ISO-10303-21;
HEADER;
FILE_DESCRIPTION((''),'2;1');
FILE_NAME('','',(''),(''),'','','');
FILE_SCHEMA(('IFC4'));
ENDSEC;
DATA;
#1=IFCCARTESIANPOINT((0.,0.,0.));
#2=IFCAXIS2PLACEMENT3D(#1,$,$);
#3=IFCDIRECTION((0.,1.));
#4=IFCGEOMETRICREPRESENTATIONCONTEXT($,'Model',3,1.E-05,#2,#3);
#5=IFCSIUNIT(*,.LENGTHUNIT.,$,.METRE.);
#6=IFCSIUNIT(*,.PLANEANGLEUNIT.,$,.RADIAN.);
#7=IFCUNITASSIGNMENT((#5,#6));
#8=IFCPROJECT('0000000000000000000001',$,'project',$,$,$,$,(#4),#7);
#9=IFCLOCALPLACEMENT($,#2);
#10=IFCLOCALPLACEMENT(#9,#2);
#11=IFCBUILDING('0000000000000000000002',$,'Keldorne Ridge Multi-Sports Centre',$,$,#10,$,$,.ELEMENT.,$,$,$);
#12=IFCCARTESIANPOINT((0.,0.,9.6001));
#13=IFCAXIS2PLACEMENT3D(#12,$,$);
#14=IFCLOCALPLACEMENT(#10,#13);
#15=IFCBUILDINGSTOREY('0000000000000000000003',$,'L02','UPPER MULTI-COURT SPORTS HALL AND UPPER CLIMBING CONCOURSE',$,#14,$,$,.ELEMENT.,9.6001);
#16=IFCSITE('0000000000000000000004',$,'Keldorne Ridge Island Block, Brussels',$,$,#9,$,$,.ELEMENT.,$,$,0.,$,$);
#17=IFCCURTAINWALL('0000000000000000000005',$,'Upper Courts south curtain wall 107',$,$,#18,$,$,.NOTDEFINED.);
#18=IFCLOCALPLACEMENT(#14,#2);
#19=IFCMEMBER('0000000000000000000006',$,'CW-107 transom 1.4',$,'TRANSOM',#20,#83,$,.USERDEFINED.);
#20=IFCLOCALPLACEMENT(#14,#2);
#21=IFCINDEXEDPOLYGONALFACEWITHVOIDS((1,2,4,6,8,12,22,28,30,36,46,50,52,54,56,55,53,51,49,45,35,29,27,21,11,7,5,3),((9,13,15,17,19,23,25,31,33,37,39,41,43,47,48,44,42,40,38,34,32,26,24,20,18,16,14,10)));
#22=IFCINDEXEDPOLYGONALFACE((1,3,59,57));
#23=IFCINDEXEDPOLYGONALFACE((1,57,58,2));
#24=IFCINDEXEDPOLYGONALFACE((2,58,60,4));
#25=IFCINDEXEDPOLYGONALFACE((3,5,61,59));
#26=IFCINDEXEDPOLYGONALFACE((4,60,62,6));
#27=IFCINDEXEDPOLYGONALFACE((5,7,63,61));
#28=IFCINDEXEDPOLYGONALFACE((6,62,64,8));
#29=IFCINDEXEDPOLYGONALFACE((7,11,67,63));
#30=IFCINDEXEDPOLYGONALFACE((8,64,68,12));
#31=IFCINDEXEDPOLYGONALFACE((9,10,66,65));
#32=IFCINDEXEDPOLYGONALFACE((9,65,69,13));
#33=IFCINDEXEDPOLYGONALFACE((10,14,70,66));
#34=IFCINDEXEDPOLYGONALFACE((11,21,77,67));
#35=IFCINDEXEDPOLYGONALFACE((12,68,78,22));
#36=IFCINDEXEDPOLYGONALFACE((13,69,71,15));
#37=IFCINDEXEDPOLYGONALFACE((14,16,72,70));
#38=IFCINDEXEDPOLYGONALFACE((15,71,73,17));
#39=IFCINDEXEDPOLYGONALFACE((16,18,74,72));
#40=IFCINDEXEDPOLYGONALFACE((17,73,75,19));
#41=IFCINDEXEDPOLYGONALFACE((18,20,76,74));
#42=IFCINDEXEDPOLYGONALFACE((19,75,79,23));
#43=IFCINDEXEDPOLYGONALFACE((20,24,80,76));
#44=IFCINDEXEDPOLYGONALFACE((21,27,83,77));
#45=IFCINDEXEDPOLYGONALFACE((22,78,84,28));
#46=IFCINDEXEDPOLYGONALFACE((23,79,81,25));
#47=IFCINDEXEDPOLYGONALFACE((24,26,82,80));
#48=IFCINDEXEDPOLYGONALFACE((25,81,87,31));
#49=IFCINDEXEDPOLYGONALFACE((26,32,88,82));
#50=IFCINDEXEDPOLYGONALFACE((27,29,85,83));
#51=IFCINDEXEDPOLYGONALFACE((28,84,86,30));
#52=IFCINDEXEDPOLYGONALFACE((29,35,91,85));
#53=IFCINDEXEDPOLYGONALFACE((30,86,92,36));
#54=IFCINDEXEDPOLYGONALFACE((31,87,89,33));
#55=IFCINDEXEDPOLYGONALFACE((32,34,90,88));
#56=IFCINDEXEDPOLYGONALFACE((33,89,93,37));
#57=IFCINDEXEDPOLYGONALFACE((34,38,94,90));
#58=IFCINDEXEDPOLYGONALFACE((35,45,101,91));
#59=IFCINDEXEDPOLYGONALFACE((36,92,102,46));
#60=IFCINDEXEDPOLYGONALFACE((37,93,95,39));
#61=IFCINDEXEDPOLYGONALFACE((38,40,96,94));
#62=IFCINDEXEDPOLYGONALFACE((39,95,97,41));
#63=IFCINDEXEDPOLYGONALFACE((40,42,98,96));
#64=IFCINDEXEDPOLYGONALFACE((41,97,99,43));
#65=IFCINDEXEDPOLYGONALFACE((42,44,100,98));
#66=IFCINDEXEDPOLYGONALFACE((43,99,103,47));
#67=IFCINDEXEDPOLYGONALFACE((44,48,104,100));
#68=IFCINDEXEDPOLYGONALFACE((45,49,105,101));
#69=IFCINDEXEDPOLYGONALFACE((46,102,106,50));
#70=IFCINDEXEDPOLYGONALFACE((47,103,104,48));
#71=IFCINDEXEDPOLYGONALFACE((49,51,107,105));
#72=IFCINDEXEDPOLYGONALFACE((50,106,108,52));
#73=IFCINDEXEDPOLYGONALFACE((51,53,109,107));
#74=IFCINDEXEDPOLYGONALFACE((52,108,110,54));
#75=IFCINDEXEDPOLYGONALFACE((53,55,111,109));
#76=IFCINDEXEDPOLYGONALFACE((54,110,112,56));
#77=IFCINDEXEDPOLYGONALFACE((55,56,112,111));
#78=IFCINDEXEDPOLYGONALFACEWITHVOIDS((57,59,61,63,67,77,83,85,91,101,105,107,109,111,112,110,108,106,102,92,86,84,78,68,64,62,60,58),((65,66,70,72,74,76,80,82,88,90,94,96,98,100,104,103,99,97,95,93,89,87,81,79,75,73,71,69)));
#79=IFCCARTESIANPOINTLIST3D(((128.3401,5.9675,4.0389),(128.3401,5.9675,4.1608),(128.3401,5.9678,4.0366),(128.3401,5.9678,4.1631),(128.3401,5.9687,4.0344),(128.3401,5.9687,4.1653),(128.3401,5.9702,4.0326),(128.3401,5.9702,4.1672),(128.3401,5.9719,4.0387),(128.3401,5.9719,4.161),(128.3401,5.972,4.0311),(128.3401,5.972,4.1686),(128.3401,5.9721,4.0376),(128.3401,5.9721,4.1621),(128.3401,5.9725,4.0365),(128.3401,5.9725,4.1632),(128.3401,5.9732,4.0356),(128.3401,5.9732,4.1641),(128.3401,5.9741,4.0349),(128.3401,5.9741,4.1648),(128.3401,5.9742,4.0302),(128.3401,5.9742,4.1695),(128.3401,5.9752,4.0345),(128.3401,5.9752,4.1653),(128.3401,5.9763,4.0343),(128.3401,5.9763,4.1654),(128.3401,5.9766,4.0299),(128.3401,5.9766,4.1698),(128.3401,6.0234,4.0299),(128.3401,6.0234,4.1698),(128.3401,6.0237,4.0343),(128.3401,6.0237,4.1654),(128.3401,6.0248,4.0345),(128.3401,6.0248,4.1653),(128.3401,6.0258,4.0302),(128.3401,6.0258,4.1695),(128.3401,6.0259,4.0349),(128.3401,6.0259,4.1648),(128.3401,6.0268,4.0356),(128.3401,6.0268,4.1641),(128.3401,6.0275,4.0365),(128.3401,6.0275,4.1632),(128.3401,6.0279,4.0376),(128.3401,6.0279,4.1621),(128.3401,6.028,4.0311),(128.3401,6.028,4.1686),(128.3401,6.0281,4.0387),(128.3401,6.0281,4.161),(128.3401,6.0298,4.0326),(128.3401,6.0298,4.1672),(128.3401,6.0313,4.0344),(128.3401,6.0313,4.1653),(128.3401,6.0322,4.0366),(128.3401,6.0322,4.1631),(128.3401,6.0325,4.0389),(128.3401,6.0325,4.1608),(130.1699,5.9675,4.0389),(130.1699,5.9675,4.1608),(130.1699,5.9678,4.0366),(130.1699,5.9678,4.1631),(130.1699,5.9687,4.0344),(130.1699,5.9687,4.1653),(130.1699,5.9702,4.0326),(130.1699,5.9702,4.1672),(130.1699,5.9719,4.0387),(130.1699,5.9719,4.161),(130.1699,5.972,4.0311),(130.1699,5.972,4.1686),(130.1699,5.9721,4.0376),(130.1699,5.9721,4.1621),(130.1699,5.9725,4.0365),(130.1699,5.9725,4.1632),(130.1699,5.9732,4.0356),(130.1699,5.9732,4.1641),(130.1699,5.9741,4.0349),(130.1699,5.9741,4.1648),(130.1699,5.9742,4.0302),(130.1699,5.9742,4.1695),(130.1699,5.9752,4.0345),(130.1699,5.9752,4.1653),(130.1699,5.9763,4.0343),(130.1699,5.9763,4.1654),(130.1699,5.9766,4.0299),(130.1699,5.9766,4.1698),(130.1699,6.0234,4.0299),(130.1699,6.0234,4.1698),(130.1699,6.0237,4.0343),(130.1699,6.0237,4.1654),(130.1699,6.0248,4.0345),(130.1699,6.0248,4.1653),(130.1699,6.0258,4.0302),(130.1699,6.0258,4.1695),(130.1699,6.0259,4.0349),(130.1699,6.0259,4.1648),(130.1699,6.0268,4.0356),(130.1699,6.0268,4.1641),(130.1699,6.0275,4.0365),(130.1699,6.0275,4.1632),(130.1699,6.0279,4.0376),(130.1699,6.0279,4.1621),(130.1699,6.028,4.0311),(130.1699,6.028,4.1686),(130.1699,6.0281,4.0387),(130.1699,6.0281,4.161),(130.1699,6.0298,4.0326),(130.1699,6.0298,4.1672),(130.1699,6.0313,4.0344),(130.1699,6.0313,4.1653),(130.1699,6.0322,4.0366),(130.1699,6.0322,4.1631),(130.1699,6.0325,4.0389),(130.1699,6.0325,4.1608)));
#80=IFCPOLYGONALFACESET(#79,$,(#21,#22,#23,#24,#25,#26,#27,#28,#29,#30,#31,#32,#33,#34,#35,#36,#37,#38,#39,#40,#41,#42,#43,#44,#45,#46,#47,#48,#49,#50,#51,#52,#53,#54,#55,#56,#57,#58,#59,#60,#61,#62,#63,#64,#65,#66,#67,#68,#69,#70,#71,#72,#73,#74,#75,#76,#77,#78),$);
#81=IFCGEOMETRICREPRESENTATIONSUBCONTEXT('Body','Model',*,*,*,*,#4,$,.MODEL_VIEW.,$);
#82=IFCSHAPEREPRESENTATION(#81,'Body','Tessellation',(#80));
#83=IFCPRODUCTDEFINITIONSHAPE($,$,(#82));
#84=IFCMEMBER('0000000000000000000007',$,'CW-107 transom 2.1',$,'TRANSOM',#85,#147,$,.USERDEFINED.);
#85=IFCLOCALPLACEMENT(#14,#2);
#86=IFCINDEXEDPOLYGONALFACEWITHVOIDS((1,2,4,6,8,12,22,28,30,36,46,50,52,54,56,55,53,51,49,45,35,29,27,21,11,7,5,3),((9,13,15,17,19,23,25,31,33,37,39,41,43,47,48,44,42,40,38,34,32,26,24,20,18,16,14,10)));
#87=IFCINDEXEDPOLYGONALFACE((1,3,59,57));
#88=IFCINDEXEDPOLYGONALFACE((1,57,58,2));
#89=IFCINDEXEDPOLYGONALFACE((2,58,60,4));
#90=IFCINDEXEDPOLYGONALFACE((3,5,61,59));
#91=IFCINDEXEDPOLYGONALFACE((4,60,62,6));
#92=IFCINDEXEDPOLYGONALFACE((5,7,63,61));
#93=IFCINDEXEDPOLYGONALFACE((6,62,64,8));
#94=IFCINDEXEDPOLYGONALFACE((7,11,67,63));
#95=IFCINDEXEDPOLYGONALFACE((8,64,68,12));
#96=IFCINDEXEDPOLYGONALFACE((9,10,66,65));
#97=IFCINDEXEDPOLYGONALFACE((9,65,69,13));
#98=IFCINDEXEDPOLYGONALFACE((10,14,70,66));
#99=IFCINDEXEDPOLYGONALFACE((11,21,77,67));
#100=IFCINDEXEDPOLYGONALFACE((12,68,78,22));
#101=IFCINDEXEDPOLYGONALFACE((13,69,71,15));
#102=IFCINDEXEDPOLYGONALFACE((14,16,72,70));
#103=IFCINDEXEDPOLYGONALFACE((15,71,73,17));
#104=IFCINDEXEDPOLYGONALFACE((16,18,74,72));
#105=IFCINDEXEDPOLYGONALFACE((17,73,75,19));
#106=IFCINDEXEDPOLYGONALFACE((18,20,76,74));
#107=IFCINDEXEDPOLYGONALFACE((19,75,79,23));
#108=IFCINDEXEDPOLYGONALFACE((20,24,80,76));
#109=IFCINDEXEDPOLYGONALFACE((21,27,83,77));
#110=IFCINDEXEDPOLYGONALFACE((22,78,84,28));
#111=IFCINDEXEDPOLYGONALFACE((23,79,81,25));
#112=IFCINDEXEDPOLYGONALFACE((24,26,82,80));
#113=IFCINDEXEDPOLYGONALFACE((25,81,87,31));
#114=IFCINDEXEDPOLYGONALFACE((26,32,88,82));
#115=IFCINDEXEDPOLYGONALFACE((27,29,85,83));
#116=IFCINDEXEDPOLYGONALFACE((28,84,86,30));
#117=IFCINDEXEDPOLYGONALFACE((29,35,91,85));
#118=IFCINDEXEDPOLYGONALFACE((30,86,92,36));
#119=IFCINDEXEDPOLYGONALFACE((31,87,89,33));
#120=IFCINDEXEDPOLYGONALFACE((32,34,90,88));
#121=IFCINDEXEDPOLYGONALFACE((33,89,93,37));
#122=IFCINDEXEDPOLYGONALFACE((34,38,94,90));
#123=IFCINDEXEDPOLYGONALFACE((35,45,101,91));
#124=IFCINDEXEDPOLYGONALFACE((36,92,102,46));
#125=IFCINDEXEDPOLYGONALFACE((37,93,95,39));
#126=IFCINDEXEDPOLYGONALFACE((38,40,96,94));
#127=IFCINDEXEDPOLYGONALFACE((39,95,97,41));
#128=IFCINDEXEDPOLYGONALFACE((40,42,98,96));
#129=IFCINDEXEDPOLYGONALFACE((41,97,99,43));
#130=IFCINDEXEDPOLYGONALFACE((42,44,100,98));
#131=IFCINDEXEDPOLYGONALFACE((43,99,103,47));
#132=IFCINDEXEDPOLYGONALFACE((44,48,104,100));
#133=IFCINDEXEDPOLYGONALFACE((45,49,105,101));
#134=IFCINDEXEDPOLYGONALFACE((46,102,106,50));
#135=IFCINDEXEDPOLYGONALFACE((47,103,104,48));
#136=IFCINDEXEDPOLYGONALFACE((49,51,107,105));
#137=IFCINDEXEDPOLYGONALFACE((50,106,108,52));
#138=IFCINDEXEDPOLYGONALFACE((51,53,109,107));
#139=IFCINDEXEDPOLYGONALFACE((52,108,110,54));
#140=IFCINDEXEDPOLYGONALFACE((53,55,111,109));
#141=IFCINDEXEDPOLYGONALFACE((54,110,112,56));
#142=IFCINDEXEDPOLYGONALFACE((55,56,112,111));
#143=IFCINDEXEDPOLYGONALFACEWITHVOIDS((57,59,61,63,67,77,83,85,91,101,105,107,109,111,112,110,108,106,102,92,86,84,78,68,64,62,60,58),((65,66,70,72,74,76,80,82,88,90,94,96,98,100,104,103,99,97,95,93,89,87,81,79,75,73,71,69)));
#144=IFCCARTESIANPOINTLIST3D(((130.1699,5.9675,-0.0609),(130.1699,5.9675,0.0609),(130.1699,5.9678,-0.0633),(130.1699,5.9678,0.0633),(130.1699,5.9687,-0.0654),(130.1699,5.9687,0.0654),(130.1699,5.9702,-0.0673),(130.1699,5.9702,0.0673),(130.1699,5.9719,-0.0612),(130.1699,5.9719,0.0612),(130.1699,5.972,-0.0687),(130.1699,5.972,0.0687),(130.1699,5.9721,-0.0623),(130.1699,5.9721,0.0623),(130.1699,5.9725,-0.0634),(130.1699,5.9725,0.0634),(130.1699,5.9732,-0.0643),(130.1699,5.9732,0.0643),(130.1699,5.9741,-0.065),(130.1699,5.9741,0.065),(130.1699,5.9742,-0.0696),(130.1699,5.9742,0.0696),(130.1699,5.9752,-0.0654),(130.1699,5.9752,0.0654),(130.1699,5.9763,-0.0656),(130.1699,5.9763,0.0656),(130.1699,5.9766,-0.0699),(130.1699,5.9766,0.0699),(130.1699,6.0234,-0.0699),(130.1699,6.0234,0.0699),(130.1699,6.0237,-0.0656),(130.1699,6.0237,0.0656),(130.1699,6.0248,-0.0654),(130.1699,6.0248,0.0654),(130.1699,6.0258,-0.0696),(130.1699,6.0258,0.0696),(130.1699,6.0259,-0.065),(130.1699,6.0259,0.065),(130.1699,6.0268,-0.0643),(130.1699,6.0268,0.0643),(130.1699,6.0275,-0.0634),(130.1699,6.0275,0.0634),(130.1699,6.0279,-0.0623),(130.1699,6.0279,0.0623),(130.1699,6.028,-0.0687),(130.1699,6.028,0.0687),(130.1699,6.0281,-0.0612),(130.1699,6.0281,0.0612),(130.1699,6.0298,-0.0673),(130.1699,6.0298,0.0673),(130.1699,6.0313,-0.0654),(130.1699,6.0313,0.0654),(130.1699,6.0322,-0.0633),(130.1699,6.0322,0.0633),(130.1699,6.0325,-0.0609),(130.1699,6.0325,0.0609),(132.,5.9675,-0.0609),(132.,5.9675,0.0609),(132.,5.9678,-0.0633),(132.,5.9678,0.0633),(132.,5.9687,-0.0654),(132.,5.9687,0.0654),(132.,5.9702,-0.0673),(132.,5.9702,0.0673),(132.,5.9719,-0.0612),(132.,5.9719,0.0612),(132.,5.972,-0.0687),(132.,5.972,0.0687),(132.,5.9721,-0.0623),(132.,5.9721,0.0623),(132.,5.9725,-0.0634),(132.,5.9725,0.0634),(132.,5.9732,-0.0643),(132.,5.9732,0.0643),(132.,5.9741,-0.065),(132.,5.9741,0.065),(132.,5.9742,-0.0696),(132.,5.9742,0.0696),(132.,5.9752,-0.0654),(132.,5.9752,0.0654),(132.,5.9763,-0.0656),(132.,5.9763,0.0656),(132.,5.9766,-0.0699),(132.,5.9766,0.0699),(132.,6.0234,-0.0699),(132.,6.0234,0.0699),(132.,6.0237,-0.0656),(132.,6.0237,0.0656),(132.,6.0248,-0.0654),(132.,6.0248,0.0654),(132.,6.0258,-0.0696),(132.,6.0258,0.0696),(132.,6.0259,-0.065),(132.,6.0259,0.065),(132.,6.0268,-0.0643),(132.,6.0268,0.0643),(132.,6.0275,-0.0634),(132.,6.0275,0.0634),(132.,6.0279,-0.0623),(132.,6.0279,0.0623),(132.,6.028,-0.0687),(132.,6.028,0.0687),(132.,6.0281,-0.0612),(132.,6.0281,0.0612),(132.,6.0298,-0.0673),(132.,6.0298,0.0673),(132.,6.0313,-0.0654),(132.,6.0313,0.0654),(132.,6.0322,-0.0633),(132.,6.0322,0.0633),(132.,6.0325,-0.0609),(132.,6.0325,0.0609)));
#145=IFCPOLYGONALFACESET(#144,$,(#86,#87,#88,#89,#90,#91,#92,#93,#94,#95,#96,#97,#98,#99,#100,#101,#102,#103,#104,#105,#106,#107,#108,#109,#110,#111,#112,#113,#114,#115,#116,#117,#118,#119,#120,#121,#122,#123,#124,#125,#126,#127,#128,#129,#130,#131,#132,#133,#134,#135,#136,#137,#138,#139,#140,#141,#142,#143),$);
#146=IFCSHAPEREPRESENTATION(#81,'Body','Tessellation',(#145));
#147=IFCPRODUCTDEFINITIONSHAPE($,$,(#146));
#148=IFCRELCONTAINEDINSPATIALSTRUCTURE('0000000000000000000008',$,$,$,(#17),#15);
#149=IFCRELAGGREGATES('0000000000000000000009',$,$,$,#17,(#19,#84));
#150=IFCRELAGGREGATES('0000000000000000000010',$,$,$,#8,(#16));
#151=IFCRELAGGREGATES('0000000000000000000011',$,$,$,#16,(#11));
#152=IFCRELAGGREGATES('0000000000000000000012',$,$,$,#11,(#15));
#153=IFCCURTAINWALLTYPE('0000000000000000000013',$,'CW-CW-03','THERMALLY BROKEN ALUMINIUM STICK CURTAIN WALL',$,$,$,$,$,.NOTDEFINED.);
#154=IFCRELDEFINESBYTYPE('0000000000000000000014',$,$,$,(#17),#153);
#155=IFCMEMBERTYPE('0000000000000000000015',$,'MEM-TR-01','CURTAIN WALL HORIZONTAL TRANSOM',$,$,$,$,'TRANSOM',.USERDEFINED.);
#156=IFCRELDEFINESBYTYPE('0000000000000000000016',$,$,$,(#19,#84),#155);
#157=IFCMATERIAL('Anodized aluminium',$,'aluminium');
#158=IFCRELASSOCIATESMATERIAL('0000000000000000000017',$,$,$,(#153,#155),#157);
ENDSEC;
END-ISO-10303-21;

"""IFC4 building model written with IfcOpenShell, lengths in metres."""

from ifc_helpers import new_model, si_unit, direction, frame, origin, origin_2d, place, context, subcontext, project, spatial, hollow_rectangle, extrude, material, material_profile, profile_set, type_object, element, aggregate, save


model = new_model("IFC4")

# Units and contexts
model_context = context("Model", 3, precision=1e-05, world=origin(), true_north=direction((0.0, 1.0)))
body_context = subcontext(model_context, "Body", "Model", "MODEL_VIEW")
ifc_project = project(units=[si_unit("LENGTHUNIT", "METRE"), si_unit("PLANEANGLEUNIT", "RADIAN")], contexts=[model_context])

# Site, building, storey
site_placement = place(None, origin())
site = spatial("IfcSite", under=ifc_project, at=site_placement, Name="Keldorne Ridge Island Block, Brussels", CompositionType="ELEMENT", RefElevation=0.0)
building_placement = place(site_placement, origin())
building = spatial("IfcBuilding", under=site, at=building_placement, Name="Keldorne Ridge Multi-Sports Centre", CompositionType="ELEMENT")
storey_placement = place(building_placement, frame((0.0, 0.0, 9.6001)))
storey = spatial("IfcBuildingStorey", under=building, at=storey_placement, Name="L02", Description="UPPER MULTI-COURT SPORTS HALL AND UPPER CLIMBING CONCOURSE", CompositionType="ELEMENT", Elevation=9.6001)

# Curtain wall, members
ifc_material_1 = material(Name="Anodized aluminium", Category="aluminium")
curtain_wall_type = type_object("IfcCurtainWallType", Name="CW-CW-03", Description="THERMALLY BROKEN ALUMINIUM STICK CURTAIN WALL", PredefinedType="NOTDEFINED", material=ifc_material_1)
curtain_wall_placement = place(storey_placement, origin())
curtain_wall = element("IfcCurtainWall", 1, at=curtain_wall_placement, inside=storey, type_object=curtain_wall_type, Name="Upper Courts south curtain wall 107", PredefinedType="NOTDEFINED")
ifc_material_profile_1 = material_profile(ifc_material_1, hollow_rectangle(XDim=0.0649, YDim=0.1399, WallThickness=0.0044, InnerFilletRadius=0.0044, OuterFilletRadius=0.009, at=origin_2d()), Name="ALU TRANSOM 140x65x4.5")
ifc_profile_set_1 = profile_set([ifc_material_profile_1], Name="Anodized aluminium")
member_type_1 = type_object("IfcMemberType", Name="MEM-TR-01", Description="CURTAIN WALL HORIZONTAL TRANSOM", ElementType="TRANSOM", PredefinedType="USERDEFINED", material=ifc_profile_set_1)
member_1_placement = place(storey_placement, frame((128.3401, 6.0, 4.0999), z_axis=(1.0, 0.0, 0.0), x_axis=(0.0, 1.0, 0.0)))
member_1 = element("IfcMember", 2, at=member_1_placement, type_object=member_type_1, Name="CW-107 transom 1.4", ObjectType="TRANSOM", PredefinedType="USERDEFINED", context=body_context, shape_type="SweptSolid", body=[
    extrude(hollow_rectangle(XDim=0.0649, YDim=0.1399, WallThickness=0.0044, InnerFilletRadius=0.0044, OuterFilletRadius=0.009, at=origin_2d()), origin(), (0.0, 0.0, 1.0), 1.8298),
])
member_2_placement = place(storey_placement, frame((130.1699, 6.0, 0.0), z_axis=(1.0, 0.0, 0.0), x_axis=(0.0, 1.0, 0.0)))
member_2 = element("IfcMember", 3, at=member_2_placement, type_object=member_type_1, Name="CW-107 transom 2.1", ObjectType="TRANSOM", PredefinedType="USERDEFINED", context=body_context, shape_type="SweptSolid", body=[
    extrude(hollow_rectangle(XDim=0.0649, YDim=0.1399, WallThickness=0.0044, InnerFilletRadius=0.0044, OuterFilletRadius=0.009, at=origin_2d()), origin(), (0.0, 0.0, 1.0), 1.8301),
])
aggregate(curtain_wall, [member_1, member_2])

save(model, "model.ifc")
